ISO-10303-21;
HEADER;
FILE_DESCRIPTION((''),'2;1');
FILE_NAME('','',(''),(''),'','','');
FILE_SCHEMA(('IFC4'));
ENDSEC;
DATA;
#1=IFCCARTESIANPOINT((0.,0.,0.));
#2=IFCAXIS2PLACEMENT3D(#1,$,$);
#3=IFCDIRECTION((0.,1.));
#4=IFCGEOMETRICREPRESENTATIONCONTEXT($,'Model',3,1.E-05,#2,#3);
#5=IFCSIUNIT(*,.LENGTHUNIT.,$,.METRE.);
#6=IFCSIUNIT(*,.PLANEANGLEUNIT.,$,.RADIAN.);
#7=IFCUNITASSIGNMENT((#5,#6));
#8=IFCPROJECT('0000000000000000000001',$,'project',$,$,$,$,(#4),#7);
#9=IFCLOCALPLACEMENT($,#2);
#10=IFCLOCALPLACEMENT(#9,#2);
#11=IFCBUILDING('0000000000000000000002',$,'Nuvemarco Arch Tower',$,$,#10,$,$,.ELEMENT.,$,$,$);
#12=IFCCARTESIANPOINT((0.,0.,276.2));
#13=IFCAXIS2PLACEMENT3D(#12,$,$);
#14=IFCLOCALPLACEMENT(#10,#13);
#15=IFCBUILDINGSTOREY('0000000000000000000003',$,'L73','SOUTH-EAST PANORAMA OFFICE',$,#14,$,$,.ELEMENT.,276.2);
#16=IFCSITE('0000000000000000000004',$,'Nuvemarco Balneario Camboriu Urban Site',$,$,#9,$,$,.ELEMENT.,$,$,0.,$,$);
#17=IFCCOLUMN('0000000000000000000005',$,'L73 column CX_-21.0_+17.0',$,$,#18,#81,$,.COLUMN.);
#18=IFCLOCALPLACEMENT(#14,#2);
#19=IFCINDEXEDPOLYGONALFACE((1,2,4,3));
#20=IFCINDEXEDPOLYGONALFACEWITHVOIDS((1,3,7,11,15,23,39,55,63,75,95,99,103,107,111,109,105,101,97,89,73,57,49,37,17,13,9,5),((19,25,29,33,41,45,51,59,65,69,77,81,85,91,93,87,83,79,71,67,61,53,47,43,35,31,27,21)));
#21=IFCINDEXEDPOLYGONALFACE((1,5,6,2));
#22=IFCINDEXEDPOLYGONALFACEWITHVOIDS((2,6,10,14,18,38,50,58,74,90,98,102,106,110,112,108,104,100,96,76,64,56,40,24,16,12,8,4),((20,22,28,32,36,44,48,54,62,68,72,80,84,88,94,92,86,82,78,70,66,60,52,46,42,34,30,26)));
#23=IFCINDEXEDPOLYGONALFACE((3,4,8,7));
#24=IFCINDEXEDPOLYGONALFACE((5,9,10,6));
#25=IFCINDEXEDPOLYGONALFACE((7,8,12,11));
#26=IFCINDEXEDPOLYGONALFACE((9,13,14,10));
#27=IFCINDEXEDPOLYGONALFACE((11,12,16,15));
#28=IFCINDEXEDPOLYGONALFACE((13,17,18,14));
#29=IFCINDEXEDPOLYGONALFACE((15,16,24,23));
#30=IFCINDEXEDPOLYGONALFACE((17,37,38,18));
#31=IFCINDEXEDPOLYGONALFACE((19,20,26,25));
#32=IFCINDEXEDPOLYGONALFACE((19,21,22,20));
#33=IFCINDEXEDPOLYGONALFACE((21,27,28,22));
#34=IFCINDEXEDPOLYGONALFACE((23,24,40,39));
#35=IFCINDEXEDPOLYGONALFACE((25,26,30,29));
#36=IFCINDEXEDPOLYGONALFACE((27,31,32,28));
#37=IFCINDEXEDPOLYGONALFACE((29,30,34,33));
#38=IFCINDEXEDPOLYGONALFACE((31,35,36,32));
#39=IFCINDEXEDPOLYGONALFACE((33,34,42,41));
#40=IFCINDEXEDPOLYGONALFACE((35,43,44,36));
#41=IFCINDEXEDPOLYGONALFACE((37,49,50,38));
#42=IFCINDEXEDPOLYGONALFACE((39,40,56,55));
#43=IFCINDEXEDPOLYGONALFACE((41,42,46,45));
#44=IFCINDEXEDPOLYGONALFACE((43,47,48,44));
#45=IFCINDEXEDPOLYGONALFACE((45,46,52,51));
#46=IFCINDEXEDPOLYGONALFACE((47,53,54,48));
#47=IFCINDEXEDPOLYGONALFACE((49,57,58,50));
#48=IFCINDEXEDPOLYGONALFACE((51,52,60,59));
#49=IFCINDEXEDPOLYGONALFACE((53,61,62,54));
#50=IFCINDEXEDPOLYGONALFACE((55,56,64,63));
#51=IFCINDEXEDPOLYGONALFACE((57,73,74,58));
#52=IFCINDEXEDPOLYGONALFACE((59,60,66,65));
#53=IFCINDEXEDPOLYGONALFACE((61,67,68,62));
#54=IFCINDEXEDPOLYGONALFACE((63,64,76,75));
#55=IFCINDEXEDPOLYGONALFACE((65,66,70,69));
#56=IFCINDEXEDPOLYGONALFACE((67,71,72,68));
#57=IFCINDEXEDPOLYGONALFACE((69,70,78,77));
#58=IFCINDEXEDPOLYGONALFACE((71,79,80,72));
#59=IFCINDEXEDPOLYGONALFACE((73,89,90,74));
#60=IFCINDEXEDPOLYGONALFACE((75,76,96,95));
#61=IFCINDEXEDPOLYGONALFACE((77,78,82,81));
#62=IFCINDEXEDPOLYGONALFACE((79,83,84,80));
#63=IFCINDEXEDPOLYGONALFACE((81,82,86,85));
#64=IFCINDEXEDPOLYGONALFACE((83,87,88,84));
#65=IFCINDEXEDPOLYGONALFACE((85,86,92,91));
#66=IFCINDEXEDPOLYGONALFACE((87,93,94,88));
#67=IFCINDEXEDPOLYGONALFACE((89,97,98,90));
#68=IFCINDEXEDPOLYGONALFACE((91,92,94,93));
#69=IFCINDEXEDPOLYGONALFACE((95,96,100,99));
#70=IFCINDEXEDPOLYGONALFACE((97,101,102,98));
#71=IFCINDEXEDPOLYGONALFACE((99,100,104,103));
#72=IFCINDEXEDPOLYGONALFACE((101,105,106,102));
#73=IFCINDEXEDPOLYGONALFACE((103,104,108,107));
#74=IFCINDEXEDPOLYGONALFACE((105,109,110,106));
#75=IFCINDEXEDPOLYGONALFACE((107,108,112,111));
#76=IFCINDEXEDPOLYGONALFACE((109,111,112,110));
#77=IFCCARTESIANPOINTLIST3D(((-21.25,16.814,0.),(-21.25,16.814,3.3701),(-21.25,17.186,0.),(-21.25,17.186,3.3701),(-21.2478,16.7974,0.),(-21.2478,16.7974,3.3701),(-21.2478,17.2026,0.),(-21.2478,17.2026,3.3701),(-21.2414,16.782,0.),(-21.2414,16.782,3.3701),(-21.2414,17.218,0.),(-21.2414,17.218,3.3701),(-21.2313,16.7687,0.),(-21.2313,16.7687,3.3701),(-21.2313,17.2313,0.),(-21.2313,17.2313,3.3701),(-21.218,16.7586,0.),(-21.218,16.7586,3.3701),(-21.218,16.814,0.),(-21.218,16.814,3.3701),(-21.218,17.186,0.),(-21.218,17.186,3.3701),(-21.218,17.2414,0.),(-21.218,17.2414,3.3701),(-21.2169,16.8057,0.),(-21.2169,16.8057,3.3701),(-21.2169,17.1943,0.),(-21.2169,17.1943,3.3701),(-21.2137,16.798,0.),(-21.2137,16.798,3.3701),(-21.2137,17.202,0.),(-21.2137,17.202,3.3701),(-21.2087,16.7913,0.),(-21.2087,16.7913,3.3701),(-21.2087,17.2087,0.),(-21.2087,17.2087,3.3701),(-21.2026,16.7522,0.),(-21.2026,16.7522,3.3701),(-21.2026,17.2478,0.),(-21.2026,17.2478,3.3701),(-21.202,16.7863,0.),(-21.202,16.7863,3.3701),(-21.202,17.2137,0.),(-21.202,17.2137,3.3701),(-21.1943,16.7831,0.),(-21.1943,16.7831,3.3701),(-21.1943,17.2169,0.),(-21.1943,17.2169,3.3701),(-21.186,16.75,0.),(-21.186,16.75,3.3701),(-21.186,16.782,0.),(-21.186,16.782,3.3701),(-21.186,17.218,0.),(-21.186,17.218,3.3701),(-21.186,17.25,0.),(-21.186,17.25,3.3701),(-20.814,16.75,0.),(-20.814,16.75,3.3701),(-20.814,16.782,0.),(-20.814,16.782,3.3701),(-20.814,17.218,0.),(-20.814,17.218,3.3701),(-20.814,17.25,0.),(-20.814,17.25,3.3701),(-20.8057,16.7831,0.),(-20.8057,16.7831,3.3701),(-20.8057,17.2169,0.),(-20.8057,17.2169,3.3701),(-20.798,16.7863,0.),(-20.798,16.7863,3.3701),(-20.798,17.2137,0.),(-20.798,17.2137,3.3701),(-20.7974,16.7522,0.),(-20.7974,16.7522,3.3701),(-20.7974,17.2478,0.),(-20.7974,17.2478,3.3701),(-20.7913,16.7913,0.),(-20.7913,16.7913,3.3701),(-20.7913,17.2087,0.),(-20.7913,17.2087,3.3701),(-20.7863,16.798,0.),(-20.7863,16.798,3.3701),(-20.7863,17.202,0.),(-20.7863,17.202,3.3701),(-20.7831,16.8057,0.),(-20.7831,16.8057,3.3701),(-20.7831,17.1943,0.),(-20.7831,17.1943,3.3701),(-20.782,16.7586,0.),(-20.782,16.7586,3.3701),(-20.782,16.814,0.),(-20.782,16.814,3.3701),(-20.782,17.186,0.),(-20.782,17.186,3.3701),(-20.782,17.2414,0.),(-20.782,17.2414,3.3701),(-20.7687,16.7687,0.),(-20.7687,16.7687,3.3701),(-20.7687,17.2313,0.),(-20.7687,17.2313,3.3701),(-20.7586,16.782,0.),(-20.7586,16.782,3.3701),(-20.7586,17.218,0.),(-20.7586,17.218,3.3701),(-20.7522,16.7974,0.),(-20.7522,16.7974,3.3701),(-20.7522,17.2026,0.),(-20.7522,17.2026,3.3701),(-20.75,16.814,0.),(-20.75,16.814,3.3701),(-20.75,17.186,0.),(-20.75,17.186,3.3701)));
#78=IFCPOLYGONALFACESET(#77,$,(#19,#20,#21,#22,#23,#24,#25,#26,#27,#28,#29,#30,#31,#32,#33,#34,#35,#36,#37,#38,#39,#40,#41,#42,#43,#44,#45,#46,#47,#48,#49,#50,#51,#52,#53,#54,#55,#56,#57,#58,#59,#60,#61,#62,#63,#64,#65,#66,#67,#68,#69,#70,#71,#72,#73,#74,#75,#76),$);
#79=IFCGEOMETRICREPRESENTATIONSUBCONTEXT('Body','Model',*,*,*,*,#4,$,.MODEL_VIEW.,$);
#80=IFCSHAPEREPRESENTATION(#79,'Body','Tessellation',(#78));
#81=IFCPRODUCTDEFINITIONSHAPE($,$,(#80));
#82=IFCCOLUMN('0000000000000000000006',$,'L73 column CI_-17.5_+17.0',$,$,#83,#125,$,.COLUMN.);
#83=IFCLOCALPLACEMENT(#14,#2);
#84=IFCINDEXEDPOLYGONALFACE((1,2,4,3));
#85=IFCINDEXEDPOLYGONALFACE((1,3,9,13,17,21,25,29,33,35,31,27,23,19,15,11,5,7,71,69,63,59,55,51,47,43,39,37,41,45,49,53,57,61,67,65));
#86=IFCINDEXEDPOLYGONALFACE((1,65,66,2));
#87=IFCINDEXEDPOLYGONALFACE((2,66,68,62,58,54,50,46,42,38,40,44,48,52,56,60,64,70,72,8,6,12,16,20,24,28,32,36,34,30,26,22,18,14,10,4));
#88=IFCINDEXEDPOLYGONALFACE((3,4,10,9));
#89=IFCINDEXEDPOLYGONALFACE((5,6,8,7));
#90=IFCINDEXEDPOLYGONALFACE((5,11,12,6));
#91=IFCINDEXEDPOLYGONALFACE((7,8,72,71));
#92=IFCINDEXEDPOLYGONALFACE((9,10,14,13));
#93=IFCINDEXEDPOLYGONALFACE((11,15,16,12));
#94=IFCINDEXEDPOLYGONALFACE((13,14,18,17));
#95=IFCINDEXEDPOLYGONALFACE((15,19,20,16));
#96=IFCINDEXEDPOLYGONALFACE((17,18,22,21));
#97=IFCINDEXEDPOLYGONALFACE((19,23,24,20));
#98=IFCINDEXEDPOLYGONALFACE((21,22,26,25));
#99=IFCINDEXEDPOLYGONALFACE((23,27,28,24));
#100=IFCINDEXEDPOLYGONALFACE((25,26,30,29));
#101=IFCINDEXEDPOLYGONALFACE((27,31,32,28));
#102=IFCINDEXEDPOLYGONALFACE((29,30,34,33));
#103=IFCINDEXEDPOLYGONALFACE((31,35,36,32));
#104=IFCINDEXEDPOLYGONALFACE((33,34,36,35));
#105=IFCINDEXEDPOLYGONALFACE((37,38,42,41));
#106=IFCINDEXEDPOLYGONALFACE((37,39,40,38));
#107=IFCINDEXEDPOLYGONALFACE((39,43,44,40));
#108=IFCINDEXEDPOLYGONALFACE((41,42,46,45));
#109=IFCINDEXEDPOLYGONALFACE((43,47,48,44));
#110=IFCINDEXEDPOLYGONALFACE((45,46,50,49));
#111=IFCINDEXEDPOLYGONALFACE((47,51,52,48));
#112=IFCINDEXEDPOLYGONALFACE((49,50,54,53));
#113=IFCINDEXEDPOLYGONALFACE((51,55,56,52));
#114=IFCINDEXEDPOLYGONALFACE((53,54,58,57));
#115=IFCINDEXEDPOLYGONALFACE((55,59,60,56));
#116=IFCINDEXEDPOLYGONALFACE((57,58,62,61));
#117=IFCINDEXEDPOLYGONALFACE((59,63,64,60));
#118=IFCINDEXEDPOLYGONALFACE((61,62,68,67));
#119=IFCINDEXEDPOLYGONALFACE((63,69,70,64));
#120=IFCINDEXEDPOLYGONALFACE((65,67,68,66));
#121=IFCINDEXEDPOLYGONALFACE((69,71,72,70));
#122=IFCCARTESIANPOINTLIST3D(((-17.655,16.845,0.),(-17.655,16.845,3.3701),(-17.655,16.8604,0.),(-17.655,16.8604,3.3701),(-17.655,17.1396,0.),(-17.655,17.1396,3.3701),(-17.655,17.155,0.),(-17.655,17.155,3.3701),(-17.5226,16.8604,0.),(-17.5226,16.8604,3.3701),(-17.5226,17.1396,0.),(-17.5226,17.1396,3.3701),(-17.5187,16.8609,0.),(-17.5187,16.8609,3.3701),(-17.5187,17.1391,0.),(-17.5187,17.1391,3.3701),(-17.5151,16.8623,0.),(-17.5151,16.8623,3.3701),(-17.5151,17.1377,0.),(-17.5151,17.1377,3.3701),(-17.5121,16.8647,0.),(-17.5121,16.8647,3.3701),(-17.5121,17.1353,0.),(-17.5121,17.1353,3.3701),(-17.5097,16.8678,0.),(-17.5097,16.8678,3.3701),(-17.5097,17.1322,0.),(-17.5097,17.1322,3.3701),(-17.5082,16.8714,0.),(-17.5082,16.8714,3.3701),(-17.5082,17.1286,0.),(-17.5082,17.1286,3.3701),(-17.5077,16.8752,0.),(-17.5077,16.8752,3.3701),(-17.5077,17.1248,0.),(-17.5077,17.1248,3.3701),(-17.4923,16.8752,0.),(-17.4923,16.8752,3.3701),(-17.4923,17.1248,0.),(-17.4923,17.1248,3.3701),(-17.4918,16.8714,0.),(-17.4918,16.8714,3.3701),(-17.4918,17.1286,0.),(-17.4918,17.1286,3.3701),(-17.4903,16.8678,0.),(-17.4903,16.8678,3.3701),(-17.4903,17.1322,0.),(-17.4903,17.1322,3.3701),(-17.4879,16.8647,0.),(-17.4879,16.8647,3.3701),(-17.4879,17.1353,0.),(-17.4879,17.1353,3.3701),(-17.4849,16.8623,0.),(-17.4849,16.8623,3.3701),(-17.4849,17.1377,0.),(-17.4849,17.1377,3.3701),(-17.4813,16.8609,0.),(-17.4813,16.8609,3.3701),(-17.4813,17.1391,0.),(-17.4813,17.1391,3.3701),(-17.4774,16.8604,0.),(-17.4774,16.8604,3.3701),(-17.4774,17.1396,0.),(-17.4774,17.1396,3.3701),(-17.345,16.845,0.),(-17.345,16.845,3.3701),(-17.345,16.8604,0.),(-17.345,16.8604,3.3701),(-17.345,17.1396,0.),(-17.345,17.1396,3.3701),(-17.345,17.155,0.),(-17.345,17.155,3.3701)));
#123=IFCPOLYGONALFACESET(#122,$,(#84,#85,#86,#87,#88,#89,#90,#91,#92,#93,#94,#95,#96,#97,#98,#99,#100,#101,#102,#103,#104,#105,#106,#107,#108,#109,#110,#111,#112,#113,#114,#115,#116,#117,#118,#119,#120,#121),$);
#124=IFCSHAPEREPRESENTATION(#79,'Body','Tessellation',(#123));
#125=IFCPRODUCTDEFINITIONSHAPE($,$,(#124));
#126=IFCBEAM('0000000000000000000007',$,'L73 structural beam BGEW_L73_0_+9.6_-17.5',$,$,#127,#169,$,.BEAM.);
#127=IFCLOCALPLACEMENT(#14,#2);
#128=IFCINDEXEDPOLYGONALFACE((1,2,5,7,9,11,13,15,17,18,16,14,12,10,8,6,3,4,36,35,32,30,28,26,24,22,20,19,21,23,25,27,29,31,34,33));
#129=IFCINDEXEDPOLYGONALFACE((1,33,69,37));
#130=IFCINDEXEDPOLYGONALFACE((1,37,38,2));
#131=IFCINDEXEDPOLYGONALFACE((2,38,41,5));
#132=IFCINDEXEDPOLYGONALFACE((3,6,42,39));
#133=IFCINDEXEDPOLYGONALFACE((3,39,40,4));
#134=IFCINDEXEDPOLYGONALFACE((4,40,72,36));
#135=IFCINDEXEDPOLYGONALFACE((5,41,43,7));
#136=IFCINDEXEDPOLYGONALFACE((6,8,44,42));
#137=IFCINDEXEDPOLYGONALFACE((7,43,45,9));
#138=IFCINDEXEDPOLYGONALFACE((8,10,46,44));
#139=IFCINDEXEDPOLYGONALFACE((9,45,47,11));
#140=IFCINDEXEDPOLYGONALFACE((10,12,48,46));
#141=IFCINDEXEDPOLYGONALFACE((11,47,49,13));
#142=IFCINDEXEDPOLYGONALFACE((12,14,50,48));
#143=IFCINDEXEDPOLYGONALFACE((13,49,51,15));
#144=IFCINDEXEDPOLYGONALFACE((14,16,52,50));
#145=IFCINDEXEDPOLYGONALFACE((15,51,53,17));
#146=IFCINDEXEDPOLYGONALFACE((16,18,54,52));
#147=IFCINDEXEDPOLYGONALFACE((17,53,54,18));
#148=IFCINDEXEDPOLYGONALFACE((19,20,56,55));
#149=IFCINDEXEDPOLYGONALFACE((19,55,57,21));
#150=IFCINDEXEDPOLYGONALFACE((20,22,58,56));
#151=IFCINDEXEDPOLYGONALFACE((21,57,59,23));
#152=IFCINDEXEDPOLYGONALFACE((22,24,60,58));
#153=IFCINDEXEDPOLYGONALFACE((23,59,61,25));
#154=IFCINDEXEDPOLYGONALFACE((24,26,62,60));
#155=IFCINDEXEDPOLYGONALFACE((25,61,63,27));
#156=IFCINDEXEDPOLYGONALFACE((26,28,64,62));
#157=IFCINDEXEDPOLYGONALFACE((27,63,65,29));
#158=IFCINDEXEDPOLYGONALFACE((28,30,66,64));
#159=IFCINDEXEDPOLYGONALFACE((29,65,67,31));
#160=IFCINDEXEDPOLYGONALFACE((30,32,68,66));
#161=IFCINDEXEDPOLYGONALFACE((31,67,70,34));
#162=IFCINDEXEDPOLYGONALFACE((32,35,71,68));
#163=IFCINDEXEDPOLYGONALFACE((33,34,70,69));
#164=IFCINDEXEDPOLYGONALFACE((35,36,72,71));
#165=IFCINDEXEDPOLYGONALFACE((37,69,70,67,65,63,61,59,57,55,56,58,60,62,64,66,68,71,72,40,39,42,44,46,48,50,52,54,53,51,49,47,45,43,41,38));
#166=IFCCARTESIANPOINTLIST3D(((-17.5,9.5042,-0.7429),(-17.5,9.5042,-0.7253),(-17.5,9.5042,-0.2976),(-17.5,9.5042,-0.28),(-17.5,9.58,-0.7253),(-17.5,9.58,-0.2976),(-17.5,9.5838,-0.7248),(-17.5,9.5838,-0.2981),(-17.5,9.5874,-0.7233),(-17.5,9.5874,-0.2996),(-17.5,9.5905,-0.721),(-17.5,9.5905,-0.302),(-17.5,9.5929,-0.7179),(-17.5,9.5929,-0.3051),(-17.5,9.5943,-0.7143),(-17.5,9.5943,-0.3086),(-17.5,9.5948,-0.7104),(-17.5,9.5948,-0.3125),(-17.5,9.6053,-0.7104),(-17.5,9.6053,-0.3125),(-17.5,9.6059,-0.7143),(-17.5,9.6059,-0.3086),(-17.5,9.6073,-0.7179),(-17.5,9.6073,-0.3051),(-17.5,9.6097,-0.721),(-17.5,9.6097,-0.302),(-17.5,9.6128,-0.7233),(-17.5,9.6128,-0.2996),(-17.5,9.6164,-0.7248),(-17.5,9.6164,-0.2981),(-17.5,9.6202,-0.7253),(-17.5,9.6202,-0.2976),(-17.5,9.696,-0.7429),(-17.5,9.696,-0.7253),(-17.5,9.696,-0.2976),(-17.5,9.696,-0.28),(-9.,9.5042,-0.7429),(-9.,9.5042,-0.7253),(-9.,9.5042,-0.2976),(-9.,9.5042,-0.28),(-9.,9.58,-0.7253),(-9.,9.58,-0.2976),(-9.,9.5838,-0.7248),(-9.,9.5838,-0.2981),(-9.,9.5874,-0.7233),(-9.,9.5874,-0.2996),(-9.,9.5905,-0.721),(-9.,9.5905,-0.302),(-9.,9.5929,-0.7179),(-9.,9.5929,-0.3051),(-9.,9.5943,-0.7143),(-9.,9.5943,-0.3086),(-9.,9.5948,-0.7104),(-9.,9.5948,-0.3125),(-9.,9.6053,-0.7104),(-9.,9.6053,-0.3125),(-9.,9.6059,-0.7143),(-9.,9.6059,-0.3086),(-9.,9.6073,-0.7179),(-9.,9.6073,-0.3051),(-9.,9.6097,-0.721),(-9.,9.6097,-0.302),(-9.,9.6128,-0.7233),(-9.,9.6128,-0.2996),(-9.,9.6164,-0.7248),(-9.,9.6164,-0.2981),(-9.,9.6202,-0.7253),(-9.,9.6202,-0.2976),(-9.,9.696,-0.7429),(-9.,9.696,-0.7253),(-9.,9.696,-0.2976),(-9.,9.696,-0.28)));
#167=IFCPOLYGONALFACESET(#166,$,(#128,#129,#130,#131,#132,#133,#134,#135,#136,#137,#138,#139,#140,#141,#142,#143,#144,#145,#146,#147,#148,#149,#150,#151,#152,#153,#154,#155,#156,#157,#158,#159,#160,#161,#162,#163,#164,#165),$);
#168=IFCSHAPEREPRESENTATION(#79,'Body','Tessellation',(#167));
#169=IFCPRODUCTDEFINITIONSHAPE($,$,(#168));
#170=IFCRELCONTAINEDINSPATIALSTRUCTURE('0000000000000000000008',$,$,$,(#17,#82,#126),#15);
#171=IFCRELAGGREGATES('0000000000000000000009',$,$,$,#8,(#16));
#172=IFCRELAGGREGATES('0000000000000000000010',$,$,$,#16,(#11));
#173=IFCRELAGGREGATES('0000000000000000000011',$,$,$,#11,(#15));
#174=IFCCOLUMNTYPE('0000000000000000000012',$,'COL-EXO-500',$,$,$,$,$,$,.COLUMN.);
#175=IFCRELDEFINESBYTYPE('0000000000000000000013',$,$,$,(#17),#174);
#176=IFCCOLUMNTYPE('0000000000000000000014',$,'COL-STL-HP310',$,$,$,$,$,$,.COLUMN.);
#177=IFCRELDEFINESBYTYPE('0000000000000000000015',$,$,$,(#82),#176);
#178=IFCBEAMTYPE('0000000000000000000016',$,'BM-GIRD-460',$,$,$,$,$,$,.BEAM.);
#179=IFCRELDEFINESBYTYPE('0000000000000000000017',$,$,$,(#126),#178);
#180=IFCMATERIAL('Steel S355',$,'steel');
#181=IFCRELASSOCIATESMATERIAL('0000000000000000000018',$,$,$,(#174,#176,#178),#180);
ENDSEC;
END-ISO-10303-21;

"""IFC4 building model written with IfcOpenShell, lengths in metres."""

from ifc_helpers import new_model, si_unit, direction, frame, origin, origin_2d, place, context, subcontext, project, spatial, hollow_rectangle, i_section, extrude, material, material_profile, profile_set, type_object, element, save


model = new_model("IFC4")

# Units and contexts
model_context = context("Model", 3, precision=1e-05, world=origin(), true_north=direction((0.0, 1.0)))
body_context = subcontext(model_context, "Body", "Model", "MODEL_VIEW")
ifc_project = project(units=[si_unit("LENGTHUNIT", "METRE"), si_unit("PLANEANGLEUNIT", "RADIAN")], contexts=[model_context])

# Site, building, storey
site_placement = place(None, origin())
site = spatial("IfcSite", under=ifc_project, at=site_placement, Name="Nuvemarco Balneario Camboriu Urban Site", CompositionType="ELEMENT", RefElevation=0.0)
building_placement = place(site_placement, origin())
building = spatial("IfcBuilding", under=site, at=building_placement, Name="Nuvemarco Arch Tower", CompositionType="ELEMENT")
storey_placement = place(building_placement, frame((0.0, 0.0, 276.2)))
storey = spatial("IfcBuildingStorey", under=building, at=storey_placement, Name="L73", Description="SOUTH-EAST PANORAMA OFFICE", CompositionType="ELEMENT", Elevation=276.2)

# Columns
ifc_material_1 = material(Name="Steel S355", Category="steel")
ifc_material_profile_1 = material_profile(ifc_material_1, hollow_rectangle(XDim=0.5, YDim=0.5, WallThickness=0.032, InnerFilletRadius=0.032, OuterFilletRadius=0.064, at=origin_2d()), Name="SHS500x500x32")
ifc_profile_set_1 = profile_set([ifc_material_profile_1], Name="Steel S355")
column_type_1 = type_object("IfcColumnType", Name="COL-EXO-500", PredefinedType="COLUMN", material=ifc_profile_set_1)
column_1_placement = place(storey_placement, frame((-21.0, 17.0, 0.0), z_axis=(0.0, 0.0, 1.0), x_axis=(1.0, 0.0, 0.0)))
element("IfcColumn", 1, at=column_1_placement, inside=storey, type_object=column_type_1, Name="L73 column CX_-21.0_+17.0", PredefinedType="COLUMN", context=body_context, shape_type="SweptSolid", body=[
    extrude(hollow_rectangle(XDim=0.5, YDim=0.5, WallThickness=0.032, InnerFilletRadius=0.032, OuterFilletRadius=0.064, at=origin_2d()), origin(), (0.0, 0.0, 1.0), 3.3701),
])
ifc_material_profile_2 = material_profile(ifc_material_1, i_section(OverallWidth=0.3101, OverallDepth=0.3101, WebThickness=0.0154, FlangeThickness=0.0154, FilletRadius=0.0149, at=origin_2d()), Name="HP310x110")
ifc_profile_set_2 = profile_set([ifc_material_profile_2], Name="Steel S355")
column_type_2 = type_object("IfcColumnType", Name="COL-STL-HP310", PredefinedType="COLUMN", material=ifc_profile_set_2)
column_2_placement = place(storey_placement, frame((-17.5, 17.0, 0.0), z_axis=(0.0, 0.0, 1.0), x_axis=(1.0, 0.0, 0.0)))
element("IfcColumn", 2, at=column_2_placement, inside=storey, type_object=column_type_2, Name="L73 column CI_-17.5_+17.0", PredefinedType="COLUMN", context=body_context, shape_type="SweptSolid", body=[
    extrude(i_section(OverallWidth=0.3101, OverallDepth=0.3101, WebThickness=0.0154, FlangeThickness=0.0154, FilletRadius=0.0149, at=origin_2d()), origin(), (0.0, 0.0, 1.0), 3.3701),
])

# Beam
ifc_material_profile_3 = material_profile(ifc_material_1, i_section(OverallWidth=0.1919, OverallDepth=0.4629, WebThickness=0.0105, FlangeThickness=0.0176, FilletRadius=0.0149, at=origin_2d()), Name="W460x89")
ifc_profile_set_3 = profile_set([ifc_material_profile_3], Name="Steel S355")
beam_type_1 = type_object("IfcBeamType", Name="BM-GIRD-460", PredefinedType="BEAM", material=ifc_profile_set_3)
beam_1_placement = place(storey_placement, frame((-17.5, 9.6001, -0.5115), z_axis=(1.0, 0.0, 0.0), x_axis=(0.0, 1.0, 0.0)))
element("IfcBeam", 3, at=beam_1_placement, inside=storey, type_object=beam_type_1, Name="L73 structural beam BGEW_L73_0_+9.6_-17.5", PredefinedType="BEAM", context=body_context, shape_type="SweptSolid", body=[
    extrude(i_section(OverallWidth=0.1919, OverallDepth=0.4629, WebThickness=0.0105, FlangeThickness=0.0176, FilletRadius=0.0149, at=origin_2d()), origin(), (0.0, 0.0, 1.0), 8.5),
])

save(model, "model.ifc")
